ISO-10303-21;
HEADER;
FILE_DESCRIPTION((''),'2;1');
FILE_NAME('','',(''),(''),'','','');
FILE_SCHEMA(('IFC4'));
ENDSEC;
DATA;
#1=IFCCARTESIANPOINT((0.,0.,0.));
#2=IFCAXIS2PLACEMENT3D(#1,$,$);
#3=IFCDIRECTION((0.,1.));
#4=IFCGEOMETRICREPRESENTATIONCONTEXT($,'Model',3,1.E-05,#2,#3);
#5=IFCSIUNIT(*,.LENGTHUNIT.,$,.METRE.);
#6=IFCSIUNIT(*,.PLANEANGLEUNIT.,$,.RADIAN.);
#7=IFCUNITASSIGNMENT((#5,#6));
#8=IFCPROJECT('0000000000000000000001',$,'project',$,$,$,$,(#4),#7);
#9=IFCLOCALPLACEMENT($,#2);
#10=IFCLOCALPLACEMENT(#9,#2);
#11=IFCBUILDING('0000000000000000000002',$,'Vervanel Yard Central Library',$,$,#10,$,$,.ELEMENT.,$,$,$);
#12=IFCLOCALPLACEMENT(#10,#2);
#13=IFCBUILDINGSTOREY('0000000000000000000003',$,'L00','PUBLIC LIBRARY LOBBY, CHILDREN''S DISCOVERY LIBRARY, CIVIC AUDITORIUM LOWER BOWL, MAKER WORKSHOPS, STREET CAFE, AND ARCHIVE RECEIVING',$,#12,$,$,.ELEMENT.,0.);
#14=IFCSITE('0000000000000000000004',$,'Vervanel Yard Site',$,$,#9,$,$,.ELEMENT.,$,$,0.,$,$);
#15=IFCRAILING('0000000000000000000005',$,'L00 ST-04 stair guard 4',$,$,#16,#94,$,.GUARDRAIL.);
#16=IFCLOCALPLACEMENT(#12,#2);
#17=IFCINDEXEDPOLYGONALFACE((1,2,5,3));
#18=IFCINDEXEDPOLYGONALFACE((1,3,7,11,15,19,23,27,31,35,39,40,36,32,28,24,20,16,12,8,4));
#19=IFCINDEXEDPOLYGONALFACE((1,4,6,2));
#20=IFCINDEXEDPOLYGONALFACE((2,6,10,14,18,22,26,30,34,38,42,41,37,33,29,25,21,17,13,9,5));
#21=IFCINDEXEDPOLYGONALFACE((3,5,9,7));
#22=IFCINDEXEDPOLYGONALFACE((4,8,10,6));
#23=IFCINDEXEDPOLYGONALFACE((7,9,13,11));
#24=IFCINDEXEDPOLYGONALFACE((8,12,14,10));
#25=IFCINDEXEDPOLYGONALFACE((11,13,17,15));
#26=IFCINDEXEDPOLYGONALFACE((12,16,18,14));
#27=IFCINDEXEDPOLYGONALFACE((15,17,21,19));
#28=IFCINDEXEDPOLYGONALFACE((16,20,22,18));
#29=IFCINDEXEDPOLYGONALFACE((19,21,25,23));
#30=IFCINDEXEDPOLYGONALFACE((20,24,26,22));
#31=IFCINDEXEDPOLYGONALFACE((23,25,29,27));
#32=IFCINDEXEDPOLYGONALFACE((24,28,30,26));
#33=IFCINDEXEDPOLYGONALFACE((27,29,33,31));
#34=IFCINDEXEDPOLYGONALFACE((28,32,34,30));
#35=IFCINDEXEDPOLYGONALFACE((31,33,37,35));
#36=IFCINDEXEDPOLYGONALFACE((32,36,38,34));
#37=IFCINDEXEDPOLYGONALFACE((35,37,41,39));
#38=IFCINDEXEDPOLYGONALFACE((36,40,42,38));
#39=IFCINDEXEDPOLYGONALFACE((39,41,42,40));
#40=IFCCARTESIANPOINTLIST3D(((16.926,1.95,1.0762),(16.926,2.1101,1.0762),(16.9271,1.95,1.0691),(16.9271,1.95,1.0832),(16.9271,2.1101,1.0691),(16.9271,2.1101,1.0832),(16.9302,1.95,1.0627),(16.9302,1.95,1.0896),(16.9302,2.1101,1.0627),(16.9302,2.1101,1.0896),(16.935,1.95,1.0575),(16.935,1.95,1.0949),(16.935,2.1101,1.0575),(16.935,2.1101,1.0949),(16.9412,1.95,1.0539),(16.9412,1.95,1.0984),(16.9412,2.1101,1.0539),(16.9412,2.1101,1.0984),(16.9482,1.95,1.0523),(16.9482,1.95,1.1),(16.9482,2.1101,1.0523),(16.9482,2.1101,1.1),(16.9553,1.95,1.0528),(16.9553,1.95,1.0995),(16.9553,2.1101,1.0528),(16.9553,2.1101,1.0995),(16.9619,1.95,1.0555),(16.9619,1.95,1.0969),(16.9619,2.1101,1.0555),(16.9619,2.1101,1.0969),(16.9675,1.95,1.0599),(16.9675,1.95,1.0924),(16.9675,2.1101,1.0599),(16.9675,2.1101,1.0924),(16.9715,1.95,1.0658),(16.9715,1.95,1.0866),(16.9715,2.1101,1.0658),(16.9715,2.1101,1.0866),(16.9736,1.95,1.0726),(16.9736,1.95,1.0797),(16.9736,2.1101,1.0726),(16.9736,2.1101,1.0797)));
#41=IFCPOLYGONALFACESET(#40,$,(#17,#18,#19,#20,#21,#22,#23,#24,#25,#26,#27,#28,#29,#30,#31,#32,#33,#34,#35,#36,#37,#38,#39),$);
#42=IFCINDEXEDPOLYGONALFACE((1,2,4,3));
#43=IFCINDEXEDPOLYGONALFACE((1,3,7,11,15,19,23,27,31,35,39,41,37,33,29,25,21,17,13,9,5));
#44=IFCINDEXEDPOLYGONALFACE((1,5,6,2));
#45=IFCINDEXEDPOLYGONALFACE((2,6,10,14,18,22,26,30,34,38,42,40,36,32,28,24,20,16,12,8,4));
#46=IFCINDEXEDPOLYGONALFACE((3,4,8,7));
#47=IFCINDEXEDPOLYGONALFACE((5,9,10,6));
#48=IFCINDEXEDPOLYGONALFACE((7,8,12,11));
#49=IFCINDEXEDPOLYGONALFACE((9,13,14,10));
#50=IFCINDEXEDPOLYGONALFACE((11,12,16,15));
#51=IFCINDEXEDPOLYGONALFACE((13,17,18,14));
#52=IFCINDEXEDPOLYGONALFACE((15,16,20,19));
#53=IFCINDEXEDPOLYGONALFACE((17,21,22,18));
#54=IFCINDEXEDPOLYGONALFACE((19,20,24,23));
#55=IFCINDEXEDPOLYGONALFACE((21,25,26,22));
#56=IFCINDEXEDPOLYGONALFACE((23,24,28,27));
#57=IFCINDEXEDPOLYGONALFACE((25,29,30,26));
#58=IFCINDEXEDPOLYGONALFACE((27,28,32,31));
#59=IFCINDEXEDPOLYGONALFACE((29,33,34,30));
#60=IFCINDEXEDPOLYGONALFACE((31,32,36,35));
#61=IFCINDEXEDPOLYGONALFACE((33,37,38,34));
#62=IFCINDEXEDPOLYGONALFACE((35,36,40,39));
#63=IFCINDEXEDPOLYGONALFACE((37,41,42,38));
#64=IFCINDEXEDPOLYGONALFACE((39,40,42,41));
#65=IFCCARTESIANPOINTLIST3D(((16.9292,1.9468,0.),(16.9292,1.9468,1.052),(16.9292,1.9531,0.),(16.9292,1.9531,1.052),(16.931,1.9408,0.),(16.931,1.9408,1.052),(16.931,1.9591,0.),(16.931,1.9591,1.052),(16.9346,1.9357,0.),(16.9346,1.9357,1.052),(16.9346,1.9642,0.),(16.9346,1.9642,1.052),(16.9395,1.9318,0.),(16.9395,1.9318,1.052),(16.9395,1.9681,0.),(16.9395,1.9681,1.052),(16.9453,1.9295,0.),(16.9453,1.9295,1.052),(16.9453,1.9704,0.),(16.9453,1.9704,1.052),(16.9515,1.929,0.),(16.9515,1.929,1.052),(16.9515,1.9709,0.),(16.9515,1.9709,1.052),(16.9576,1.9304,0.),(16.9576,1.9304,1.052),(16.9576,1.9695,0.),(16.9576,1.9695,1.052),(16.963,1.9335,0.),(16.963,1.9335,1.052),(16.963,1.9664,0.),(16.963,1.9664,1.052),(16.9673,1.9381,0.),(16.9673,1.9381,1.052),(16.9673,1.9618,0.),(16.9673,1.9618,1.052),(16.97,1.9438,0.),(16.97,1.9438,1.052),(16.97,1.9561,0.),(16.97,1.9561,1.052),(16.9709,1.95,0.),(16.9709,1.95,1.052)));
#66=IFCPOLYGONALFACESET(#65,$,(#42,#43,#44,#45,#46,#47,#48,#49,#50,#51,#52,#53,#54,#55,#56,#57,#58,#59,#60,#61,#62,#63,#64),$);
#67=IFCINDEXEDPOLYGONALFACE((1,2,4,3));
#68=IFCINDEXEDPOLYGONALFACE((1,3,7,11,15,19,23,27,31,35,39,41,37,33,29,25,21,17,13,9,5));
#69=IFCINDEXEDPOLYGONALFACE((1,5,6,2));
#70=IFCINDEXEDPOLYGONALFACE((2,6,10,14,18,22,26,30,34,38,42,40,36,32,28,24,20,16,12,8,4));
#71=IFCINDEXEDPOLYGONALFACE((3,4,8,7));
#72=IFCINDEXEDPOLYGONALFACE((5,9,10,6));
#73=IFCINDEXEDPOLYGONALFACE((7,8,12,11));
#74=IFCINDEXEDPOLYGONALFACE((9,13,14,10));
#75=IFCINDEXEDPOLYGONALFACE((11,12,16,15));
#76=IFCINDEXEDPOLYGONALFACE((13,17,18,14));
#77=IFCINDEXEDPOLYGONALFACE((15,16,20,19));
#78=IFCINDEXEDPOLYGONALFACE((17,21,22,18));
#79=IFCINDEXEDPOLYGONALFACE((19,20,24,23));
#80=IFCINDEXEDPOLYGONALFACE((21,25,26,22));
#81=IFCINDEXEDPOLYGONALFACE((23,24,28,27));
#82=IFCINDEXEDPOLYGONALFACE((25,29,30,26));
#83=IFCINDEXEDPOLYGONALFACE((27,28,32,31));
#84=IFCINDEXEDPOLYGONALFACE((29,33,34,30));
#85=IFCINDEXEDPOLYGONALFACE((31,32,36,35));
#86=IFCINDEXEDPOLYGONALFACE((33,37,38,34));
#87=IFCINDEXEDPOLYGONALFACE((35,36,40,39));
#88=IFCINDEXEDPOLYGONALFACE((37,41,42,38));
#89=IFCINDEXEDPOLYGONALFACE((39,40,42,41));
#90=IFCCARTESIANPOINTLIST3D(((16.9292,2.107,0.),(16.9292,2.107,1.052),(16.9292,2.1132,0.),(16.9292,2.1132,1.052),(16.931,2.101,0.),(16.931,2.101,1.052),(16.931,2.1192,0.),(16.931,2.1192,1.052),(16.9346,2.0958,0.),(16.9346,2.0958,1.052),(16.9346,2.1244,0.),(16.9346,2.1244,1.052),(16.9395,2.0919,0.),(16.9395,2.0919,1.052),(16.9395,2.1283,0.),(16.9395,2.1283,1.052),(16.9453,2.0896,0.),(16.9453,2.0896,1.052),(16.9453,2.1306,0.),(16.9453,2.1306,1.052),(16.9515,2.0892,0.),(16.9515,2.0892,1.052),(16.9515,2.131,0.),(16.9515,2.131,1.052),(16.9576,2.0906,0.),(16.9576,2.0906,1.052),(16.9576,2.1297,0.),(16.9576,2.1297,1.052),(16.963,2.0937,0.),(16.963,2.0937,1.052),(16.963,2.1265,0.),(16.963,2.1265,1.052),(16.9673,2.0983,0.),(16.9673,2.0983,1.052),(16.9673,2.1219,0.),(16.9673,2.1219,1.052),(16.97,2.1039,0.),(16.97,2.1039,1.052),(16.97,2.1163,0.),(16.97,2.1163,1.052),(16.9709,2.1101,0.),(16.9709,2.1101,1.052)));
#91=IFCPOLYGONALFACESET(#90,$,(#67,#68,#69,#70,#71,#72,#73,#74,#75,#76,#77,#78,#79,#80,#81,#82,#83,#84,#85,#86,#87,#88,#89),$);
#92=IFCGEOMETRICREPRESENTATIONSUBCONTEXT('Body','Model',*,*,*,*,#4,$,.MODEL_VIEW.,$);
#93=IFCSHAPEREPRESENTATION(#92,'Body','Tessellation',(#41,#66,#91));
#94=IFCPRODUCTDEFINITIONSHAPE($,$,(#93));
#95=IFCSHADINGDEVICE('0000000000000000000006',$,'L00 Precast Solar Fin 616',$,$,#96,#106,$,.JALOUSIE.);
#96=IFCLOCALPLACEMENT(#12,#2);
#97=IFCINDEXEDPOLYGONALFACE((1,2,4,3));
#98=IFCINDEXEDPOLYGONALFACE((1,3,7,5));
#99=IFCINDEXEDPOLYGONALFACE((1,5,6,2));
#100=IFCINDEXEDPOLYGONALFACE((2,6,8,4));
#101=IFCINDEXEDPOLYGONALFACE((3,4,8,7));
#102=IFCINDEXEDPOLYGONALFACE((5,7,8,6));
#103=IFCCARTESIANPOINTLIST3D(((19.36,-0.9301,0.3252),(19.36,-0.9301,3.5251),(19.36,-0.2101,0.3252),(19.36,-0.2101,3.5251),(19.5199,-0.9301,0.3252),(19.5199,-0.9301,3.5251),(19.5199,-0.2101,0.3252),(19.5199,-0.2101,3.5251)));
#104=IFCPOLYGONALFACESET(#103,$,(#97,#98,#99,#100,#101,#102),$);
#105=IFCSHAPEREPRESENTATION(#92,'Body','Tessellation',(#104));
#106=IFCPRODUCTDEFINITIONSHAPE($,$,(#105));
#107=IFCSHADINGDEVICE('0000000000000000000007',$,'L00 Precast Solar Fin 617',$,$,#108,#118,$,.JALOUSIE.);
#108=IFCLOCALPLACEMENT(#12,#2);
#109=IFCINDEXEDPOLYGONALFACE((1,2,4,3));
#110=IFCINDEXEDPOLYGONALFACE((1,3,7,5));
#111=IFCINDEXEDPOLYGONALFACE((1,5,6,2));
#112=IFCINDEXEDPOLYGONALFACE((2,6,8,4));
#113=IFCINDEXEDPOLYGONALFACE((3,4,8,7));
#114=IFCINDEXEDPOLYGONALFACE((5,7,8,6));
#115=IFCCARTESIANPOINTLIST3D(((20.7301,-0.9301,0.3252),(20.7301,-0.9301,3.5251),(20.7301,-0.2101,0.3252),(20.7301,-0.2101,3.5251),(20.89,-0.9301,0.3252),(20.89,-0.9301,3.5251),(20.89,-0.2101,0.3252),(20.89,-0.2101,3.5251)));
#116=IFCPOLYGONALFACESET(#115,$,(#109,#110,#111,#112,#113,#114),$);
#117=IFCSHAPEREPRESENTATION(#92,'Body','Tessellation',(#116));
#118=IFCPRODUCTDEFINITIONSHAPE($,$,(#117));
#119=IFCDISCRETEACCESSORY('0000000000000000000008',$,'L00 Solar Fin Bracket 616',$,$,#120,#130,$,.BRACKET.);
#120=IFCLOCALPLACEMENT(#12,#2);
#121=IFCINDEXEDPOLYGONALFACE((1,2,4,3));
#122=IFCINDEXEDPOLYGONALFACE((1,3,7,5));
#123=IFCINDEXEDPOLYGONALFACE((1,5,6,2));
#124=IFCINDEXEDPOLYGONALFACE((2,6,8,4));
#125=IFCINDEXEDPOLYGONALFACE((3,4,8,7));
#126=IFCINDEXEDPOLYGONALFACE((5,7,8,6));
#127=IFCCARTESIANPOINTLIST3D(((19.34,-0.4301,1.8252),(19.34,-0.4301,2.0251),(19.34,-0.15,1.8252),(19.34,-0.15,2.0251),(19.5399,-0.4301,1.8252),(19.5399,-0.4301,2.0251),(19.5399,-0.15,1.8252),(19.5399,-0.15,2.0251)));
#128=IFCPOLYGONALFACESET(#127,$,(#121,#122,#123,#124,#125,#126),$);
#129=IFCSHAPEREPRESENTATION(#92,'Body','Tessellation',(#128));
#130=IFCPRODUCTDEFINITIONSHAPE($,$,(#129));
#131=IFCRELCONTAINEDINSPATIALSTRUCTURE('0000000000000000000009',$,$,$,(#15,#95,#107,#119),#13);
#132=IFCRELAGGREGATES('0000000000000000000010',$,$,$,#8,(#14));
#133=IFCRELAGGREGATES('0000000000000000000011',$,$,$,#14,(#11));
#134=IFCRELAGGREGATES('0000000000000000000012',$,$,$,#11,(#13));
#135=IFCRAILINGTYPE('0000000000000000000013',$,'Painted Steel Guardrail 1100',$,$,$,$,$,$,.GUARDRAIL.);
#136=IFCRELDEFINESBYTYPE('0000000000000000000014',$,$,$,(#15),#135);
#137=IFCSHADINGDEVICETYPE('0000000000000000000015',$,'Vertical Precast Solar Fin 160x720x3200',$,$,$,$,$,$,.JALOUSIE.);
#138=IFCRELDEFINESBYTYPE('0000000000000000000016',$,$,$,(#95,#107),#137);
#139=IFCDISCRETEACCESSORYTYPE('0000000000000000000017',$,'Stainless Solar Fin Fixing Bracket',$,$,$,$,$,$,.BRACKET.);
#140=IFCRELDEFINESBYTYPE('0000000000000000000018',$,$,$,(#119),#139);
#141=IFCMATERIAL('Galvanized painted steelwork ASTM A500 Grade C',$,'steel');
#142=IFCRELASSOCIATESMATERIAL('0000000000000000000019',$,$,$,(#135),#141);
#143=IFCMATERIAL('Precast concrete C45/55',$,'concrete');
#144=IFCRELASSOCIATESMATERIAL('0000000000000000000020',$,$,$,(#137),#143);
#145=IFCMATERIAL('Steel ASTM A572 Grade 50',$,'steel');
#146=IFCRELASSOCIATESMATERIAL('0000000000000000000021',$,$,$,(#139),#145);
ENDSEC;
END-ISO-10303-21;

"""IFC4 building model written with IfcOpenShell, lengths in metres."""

from ifc_helpers import new_model, si_unit, direction, frame, origin, origin_2d, place, context, subcontext, project, spatial, rectangle, circle, extrude, material, type_object, element, save


model = new_model("IFC4")

# Units and contexts
model_context = context("Model", 3, precision=1e-05, world=origin(), true_north=direction((0.0, 1.0)))
body_context = subcontext(model_context, "Body", "Model", "MODEL_VIEW")
ifc_project = project(units=[si_unit("LENGTHUNIT", "METRE"), si_unit("PLANEANGLEUNIT", "RADIAN")], contexts=[model_context])

# Site, building, storey
site_placement = place(None, origin())
site = spatial("IfcSite", under=ifc_project, at=site_placement, Name="Vervanel Yard Site", CompositionType="ELEMENT", RefElevation=0.0)
building_placement = place(site_placement, origin())
building = spatial("IfcBuilding", under=site, at=building_placement, Name="Vervanel Yard Central Library", CompositionType="ELEMENT")
storey_placement = place(building_placement, origin())
storey = spatial("IfcBuildingStorey", under=building, at=storey_placement, Name="L00", Description="PUBLIC LIBRARY LOBBY, CHILDREN'S DISCOVERY LIBRARY, CIVIC AUDITORIUM LOWER BOWL, MAKER WORKSHOPS, STREET CAFE, AND ARCHIVE RECEIVING", CompositionType="ELEMENT", Elevation=0.0)

# Shared definitions
ifc_material_1 = material(Name="Galvanized painted steelwork ASTM A500 Grade C", Category="steel")

# Shared definitions
ifc_material_2 = material(Name="Precast concrete C45/55", Category="concrete")

# Railing
railing_type_1 = type_object("IfcRailingType", Name="Painted Steel Guardrail 1100", PredefinedType="GUARDRAIL", material=ifc_material_1)
railing_1_placement = place(storey_placement, frame((16.95, 1.95, 0.0)))
element("IfcRailing", 1, at=railing_1_placement, inside=storey, type_object=railing_type_1, Name="L00 ST-04 stair guard 4", PredefinedType="GUARDRAIL", context=body_context, shape_type="SweptSolid", body=[
    extrude(circle(Radius=0.0239, at=origin_2d()), frame((0.0, 0.0, 1.0762), z_axis=(0.0, 1.0, 0.0), x_axis=(-1.0, 0.0, 0.0)), (0.0, 0.0, 1.0), 0.1602),
    extrude(circle(Radius=0.021, at=origin_2d()), origin(), (0.0, 0.0, 1.0), 1.052),
    extrude(circle(Radius=0.021, at=origin_2d()), frame((0.0, 0.1602, 0.0)), (0.0, 0.0, 1.0), 1.052),
])

# Shading devices
shading_device_type = type_object("IfcShadingDeviceType", Name="Vertical Precast Solar Fin 160x720x3200", PredefinedType="JALOUSIE", material=ifc_material_2)
for number, where, z_axis, x_axis, name in (
    (2, (19.4399, -0.5701, 0.3252), (0.0, 0.0, 1.0), (1.0, 0.0, 0.0), "L00 Precast Solar Fin 616"),
    (3, (20.8101, -0.5701, 0.3252), (0.0, 0.0, 1.0), (1.0, 0.0, 0.0), "L00 Precast Solar Fin 617"),
):
    element("IfcShadingDevice", number, at=place(storey_placement, frame(where, z_axis=z_axis, x_axis=x_axis)), inside=storey, type_object=shading_device_type, Name=name, PredefinedType="JALOUSIE", context=body_context, shape_type="SweptSolid", body=[
        extrude(rectangle(XDim=0.1599, YDim=0.72, at=origin_2d()), origin(), (0.0, 0.0, 1.0), 3.2),
    ])

# Discrete accessory
ifc_material_3 = material(Name="Steel ASTM A572 Grade 50", Category="steel")
discrete_accessory_type = type_object("IfcDiscreteAccessoryType", Name="Stainless Solar Fin Fixing Bracket", PredefinedType="BRACKET", material=ifc_material_3)
discrete_accessory_placement = place(storey_placement, frame((19.4399, -0.29, 1.8252), z_axis=(0.0, 0.0, 1.0), x_axis=(1.0, 0.0, 0.0)))
element("IfcDiscreteAccessory", 4, at=discrete_accessory_placement, inside=storey, type_object=discrete_accessory_type, Name="L00 Solar Fin Bracket 616", PredefinedType="BRACKET", context=body_context, shape_type="SweptSolid", body=[
    extrude(rectangle(XDim=0.2, YDim=0.28, at=origin_2d()), origin(), (0.0, 0.0, 1.0), 0.2),
])

save(model, "model.ifc")
